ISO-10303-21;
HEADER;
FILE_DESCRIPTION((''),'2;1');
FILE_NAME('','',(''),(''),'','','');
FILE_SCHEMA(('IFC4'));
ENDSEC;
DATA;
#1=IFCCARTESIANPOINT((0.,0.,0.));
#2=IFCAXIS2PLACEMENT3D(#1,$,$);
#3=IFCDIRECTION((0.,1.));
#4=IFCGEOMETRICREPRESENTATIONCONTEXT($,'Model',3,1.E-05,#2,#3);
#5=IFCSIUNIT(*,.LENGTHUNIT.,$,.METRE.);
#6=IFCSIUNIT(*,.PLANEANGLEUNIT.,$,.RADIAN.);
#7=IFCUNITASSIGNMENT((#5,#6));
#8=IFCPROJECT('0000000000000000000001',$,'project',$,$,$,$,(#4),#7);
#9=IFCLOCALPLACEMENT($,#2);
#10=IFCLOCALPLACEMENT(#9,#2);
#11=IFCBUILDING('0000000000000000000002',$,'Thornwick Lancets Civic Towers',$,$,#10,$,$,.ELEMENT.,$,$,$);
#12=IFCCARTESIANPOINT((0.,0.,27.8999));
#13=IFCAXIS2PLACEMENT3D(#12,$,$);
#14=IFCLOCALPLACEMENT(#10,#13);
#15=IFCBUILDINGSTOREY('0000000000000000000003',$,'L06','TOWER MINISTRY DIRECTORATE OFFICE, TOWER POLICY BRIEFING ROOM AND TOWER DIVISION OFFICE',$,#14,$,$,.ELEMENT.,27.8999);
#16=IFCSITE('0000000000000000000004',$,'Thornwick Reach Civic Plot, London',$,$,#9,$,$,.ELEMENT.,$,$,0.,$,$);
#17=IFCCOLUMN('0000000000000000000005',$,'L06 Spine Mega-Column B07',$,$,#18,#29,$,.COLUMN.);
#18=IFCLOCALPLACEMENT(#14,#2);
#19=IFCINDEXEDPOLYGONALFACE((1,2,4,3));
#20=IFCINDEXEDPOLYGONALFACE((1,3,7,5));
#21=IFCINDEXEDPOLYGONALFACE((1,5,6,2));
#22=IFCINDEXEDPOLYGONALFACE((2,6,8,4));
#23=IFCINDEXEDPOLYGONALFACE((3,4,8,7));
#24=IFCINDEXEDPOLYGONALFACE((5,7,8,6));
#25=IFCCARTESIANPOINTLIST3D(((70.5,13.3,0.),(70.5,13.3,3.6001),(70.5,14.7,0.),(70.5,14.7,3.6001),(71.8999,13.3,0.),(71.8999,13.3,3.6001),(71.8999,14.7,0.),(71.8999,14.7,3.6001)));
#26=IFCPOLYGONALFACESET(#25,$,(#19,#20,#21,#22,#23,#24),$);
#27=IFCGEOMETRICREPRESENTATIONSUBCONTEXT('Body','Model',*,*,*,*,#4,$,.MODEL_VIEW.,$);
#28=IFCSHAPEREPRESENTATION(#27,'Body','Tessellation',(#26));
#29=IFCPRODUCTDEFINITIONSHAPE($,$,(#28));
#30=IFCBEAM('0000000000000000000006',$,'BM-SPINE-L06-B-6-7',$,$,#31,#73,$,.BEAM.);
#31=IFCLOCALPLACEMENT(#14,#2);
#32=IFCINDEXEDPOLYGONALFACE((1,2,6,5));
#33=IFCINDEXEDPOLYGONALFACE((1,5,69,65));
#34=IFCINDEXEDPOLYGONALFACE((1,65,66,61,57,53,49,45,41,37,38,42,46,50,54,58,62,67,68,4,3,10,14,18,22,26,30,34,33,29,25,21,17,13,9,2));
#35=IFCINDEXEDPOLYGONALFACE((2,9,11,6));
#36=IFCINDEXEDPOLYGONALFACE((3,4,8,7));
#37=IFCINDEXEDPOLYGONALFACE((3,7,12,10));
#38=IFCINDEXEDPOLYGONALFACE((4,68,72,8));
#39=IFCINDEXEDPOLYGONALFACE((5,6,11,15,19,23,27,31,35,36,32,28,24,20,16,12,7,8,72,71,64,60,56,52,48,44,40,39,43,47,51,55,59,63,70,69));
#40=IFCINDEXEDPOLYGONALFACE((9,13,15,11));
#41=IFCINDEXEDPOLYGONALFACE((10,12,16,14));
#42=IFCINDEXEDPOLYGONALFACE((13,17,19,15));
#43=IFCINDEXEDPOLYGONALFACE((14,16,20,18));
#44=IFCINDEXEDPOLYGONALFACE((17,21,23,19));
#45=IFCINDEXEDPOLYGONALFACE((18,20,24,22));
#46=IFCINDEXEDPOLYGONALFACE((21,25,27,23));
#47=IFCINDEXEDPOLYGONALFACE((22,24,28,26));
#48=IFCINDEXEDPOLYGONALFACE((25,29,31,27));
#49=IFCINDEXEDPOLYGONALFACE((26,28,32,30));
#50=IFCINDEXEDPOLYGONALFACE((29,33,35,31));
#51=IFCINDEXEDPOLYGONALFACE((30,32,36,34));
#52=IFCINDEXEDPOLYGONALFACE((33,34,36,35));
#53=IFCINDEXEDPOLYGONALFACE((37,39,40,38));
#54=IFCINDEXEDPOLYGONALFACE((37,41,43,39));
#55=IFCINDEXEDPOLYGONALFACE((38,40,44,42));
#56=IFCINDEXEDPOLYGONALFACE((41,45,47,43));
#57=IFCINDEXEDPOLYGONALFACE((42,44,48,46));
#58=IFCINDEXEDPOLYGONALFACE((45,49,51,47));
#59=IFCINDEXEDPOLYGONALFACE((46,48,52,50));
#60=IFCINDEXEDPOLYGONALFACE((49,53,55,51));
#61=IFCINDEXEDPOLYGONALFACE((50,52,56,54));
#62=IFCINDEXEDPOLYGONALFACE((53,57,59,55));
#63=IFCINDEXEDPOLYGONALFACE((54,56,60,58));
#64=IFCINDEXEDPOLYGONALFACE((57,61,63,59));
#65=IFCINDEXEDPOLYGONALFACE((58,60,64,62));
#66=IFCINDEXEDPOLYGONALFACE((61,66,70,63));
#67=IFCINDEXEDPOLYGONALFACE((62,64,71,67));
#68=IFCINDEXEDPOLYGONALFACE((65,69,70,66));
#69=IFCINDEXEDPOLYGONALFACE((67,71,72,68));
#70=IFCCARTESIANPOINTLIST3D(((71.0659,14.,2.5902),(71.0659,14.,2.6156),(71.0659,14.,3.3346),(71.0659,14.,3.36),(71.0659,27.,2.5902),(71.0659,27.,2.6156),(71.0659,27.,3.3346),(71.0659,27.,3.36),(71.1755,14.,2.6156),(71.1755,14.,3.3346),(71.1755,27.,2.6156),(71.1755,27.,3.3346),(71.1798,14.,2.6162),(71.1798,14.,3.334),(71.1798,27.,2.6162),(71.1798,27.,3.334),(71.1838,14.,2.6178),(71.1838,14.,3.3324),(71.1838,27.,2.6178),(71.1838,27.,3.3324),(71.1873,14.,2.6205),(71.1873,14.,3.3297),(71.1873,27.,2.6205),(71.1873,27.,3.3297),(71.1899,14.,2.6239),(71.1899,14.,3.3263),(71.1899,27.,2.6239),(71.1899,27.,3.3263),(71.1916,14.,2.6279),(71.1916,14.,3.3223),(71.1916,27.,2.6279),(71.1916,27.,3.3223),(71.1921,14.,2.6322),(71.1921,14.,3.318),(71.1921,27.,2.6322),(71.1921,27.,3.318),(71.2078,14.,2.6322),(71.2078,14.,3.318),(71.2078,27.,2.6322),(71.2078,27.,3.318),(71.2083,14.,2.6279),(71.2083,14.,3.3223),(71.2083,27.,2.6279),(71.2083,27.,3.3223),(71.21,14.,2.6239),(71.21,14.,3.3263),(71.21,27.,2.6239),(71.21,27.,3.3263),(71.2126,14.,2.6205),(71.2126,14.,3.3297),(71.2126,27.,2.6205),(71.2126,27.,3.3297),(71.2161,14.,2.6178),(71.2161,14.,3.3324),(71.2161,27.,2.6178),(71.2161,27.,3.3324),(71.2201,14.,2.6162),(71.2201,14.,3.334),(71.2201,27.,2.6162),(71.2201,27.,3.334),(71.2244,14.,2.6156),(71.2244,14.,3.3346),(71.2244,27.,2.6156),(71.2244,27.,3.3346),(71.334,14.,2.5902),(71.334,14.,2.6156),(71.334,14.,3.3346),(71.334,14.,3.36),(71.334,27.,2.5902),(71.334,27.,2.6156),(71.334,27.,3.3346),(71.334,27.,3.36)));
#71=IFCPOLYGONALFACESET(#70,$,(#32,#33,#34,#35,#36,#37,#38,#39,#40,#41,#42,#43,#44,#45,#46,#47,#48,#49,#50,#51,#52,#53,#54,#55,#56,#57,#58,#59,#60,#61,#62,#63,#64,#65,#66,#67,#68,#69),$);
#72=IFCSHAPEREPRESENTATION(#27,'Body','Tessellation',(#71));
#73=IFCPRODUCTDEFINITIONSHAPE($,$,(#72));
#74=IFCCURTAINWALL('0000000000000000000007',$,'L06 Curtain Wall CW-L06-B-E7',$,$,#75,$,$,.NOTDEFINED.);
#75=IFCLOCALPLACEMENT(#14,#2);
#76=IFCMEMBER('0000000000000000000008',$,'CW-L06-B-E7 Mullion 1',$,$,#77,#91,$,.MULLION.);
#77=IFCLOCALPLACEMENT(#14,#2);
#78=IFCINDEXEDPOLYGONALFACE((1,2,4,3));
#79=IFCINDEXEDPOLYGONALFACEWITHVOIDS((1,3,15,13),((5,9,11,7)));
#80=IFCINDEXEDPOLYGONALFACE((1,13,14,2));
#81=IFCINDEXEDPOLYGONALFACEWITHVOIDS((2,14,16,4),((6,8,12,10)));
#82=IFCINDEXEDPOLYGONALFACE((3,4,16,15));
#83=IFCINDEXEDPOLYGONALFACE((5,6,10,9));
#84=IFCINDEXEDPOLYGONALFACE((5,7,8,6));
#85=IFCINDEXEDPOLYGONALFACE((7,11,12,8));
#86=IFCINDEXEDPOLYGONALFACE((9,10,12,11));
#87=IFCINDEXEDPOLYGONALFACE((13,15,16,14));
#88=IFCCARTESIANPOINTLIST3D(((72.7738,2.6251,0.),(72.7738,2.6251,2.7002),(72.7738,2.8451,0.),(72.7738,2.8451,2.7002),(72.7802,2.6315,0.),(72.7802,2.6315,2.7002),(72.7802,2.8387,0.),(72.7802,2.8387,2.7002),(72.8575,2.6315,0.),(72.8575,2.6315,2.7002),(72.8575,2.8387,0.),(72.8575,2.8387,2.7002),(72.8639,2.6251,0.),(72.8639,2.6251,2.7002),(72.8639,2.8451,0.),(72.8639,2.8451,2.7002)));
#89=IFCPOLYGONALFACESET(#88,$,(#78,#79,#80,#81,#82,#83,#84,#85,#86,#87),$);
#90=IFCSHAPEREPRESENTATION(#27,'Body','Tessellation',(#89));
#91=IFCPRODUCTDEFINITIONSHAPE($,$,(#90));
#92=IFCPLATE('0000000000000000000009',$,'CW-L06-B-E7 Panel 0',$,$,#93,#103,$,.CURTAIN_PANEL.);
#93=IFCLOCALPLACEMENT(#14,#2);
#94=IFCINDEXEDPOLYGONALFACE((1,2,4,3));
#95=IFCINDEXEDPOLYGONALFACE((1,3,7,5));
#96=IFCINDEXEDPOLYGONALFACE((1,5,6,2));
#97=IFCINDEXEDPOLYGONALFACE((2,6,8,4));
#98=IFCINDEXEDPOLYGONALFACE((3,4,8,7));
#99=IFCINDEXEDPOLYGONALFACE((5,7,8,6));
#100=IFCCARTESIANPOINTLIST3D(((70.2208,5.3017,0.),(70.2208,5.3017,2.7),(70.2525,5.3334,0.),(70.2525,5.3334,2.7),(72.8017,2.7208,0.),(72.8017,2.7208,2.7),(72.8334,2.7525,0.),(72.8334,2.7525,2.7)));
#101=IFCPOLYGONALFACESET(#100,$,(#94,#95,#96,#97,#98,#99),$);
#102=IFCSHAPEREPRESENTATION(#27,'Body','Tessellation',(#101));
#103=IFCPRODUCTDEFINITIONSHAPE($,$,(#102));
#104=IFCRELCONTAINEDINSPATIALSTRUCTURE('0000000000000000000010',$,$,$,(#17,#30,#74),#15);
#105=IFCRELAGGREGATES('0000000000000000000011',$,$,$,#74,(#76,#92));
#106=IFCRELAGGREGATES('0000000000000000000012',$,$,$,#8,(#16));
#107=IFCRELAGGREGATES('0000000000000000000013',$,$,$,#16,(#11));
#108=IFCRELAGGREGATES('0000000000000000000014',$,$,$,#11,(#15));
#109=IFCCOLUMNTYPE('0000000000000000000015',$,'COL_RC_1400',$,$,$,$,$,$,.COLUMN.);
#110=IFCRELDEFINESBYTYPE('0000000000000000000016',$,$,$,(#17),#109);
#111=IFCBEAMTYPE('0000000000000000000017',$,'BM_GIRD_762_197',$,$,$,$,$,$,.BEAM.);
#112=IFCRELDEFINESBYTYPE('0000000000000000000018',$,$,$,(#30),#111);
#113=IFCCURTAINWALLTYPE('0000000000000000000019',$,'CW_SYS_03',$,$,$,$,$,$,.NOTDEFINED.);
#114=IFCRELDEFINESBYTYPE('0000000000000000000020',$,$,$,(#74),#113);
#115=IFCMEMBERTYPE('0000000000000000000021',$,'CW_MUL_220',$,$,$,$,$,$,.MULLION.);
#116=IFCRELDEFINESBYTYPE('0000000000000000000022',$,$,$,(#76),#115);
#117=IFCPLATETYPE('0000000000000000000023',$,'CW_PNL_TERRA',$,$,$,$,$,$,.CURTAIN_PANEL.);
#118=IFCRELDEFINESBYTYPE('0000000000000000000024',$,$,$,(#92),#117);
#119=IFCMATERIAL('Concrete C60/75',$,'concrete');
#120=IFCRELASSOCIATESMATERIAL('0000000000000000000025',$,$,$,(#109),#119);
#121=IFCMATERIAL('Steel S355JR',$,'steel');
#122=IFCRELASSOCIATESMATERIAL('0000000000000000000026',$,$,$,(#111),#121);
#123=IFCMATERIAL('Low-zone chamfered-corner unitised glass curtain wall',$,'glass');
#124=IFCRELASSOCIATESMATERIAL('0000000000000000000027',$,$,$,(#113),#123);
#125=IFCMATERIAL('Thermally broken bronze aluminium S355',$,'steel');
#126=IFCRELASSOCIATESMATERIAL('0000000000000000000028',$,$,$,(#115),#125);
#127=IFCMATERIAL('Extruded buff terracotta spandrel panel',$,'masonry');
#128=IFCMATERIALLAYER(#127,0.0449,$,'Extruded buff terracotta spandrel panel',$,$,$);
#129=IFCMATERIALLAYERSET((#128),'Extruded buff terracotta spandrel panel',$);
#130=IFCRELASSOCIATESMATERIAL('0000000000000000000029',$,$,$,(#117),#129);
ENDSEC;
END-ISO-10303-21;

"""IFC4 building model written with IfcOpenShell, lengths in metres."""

from ifc_helpers import new_model, si_unit, direction, frame, origin, origin_2d, place, context, subcontext, project, spatial, rectangle, hollow_rectangle, i_section, extrude, material, layer, layer_set, material_profile, profile_set, type_object, element, aggregate, save


model = new_model("IFC4")

# Units and contexts
model_context = context("Model", 3, precision=1e-05, world=origin(), true_north=direction((0.0, 1.0)))
body_context = subcontext(model_context, "Body", "Model", "MODEL_VIEW")
ifc_project = project(units=[si_unit("LENGTHUNIT", "METRE"), si_unit("PLANEANGLEUNIT", "RADIAN")], contexts=[model_context])

# Site, building, storey
site_placement = place(None, origin())
site = spatial("IfcSite", under=ifc_project, at=site_placement, Name="Thornwick Reach Civic Plot, London", CompositionType="ELEMENT", RefElevation=0.0)
building_placement = place(site_placement, origin())
building = spatial("IfcBuilding", under=site, at=building_placement, Name="Thornwick Lancets Civic Towers", CompositionType="ELEMENT")
storey_placement = place(building_placement, frame((0.0, 0.0, 27.8999)))
storey = spatial("IfcBuildingStorey", under=building, at=storey_placement, Name="L06", Description="TOWER MINISTRY DIRECTORATE OFFICE, TOWER POLICY BRIEFING ROOM AND TOWER DIVISION OFFICE", CompositionType="ELEMENT", Elevation=27.8999)

# Column
ifc_material_1 = material(Name="Concrete C60/75", Category="concrete")
ifc_material_profile_1 = material_profile(ifc_material_1, rectangle(XDim=1.3999, YDim=1.3999, at=origin_2d()), Name="RC 1400x1400")
ifc_profile_set_1 = profile_set([ifc_material_profile_1], Name="Concrete C60/75")
column_type = type_object("IfcColumnType", Name="COL_RC_1400", PredefinedType="COLUMN", material=ifc_profile_set_1)
column_placement = place(storey_placement, frame((71.2, 14.0, 0.0), z_axis=(0.0, 0.0, 1.0), x_axis=(1.0, 0.0, 0.0)))
element("IfcColumn", 1, at=column_placement, inside=storey, type_object=column_type, Name="L06 Spine Mega-Column B07", PredefinedType="COLUMN", context=body_context, shape_type="SweptSolid", body=[
    extrude(rectangle(XDim=1.3999, YDim=1.3999, at=origin_2d()), origin(), (0.0, 0.0, 1.0), 3.6001),
])

# Beam
ifc_material_2 = material(Name="Steel S355JR", Category="steel")
ifc_material_profile_2 = material_profile(ifc_material_2, i_section(OverallWidth=0.2681, OverallDepth=0.7698, WebThickness=0.0156, FlangeThickness=0.0254, FilletRadius=0.0166, at=origin_2d()), Name="UKB 762x267x197")
ifc_profile_set_2 = profile_set([ifc_material_profile_2], Name="Steel S355JR")
beam_type = type_object("IfcBeamType", Name="BM_GIRD_762_197", PredefinedType="BEAM", material=ifc_profile_set_2)
beam_placement = place(storey_placement, frame((71.2, 14.0, 2.9751), z_axis=(0.0, 1.0, 0.0), x_axis=(-1.0, 0.0, 0.0)))
element("IfcBeam", 2, at=beam_placement, inside=storey, type_object=beam_type, Name="BM-SPINE-L06-B-6-7", PredefinedType="BEAM", context=body_context, shape_type="SweptSolid", body=[
    extrude(i_section(OverallWidth=0.2681, OverallDepth=0.7698, WebThickness=0.0156, FlangeThickness=0.0254, FilletRadius=0.0166, at=origin_2d()), origin(), (0.0, 0.0, 1.0), 13.0),
])

# Curtain wall, member, plate
ifc_material_3 = material(Name="Low-zone chamfered-corner unitised glass curtain wall", Category="glass")
curtain_wall_type = type_object("IfcCurtainWallType", Name="CW_SYS_03", PredefinedType="NOTDEFINED", material=ifc_material_3)
curtain_wall_placement = place(storey_placement, origin())
curtain_wall = element("IfcCurtainWall", 3, at=curtain_wall_placement, inside=storey, type_object=curtain_wall_type, Name="L06 Curtain Wall CW-L06-B-E7", PredefinedType="NOTDEFINED")
ifc_material_4 = material(Name="Thermally broken bronze aluminium S355", Category="steel")
ifc_material_profile_3 = material_profile(ifc_material_4, hollow_rectangle(XDim=0.0901, YDim=0.22, WallThickness=0.0063, at=origin_2d()), Name="RHS 220x90x6.3")
ifc_profile_set_3 = profile_set([ifc_material_profile_3], Name="Thermally broken bronze aluminium S355")
member_type = type_object("IfcMemberType", Name="CW_MUL_220", PredefinedType="MULLION", material=ifc_profile_set_3)
member_placement = place(storey_placement, frame((72.8188, 2.7351, 0.0), z_axis=(0.0, 0.0, 1.0), x_axis=(1.0, 0.0, 0.0)))
member = element("IfcMember", 4, at=member_placement, type_object=member_type, Name="CW-L06-B-E7 Mullion 1", PredefinedType="MULLION", context=body_context, shape_type="SweptSolid", body=[
    extrude(hollow_rectangle(XDim=0.0901, YDim=0.22, WallThickness=0.0063, at=origin_2d()), origin(), (0.0, 0.0, 1.0), 2.7002),
])
ifc_material_5 = material(Name="Extruded buff terracotta spandrel panel", Category="masonry")
ifc_layer_1 = layer(ifc_material_5, 0.0449, Name="Extruded buff terracotta spandrel panel")
ifc_layer_set_1 = layer_set([ifc_layer_1], Name="Extruded buff terracotta spandrel panel")
plate_type = type_object("IfcPlateType", Name="CW_PNL_TERRA", PredefinedType="CURTAIN_PANEL", material=ifc_layer_set_1)
plate_placement = place(storey_placement, frame((71.5271, 4.0271, 0.0), z_axis=(0.0, 0.0, 1.0), x_axis=(0.707107, -0.707107, 0.0)))
plate = element("IfcPlate", 5, at=plate_placement, type_object=plate_type, Name="CW-L06-B-E7 Panel 0", PredefinedType="CURTAIN_PANEL", context=body_context, shape_type="SweptSolid", body=[
    extrude(rectangle(XDim=3.6499, YDim=0.0449, at=origin_2d()), origin(), (0.0, 0.0, 1.0), 2.7),
])
aggregate(curtain_wall, [member, plate])

save(model, "model.ifc")
